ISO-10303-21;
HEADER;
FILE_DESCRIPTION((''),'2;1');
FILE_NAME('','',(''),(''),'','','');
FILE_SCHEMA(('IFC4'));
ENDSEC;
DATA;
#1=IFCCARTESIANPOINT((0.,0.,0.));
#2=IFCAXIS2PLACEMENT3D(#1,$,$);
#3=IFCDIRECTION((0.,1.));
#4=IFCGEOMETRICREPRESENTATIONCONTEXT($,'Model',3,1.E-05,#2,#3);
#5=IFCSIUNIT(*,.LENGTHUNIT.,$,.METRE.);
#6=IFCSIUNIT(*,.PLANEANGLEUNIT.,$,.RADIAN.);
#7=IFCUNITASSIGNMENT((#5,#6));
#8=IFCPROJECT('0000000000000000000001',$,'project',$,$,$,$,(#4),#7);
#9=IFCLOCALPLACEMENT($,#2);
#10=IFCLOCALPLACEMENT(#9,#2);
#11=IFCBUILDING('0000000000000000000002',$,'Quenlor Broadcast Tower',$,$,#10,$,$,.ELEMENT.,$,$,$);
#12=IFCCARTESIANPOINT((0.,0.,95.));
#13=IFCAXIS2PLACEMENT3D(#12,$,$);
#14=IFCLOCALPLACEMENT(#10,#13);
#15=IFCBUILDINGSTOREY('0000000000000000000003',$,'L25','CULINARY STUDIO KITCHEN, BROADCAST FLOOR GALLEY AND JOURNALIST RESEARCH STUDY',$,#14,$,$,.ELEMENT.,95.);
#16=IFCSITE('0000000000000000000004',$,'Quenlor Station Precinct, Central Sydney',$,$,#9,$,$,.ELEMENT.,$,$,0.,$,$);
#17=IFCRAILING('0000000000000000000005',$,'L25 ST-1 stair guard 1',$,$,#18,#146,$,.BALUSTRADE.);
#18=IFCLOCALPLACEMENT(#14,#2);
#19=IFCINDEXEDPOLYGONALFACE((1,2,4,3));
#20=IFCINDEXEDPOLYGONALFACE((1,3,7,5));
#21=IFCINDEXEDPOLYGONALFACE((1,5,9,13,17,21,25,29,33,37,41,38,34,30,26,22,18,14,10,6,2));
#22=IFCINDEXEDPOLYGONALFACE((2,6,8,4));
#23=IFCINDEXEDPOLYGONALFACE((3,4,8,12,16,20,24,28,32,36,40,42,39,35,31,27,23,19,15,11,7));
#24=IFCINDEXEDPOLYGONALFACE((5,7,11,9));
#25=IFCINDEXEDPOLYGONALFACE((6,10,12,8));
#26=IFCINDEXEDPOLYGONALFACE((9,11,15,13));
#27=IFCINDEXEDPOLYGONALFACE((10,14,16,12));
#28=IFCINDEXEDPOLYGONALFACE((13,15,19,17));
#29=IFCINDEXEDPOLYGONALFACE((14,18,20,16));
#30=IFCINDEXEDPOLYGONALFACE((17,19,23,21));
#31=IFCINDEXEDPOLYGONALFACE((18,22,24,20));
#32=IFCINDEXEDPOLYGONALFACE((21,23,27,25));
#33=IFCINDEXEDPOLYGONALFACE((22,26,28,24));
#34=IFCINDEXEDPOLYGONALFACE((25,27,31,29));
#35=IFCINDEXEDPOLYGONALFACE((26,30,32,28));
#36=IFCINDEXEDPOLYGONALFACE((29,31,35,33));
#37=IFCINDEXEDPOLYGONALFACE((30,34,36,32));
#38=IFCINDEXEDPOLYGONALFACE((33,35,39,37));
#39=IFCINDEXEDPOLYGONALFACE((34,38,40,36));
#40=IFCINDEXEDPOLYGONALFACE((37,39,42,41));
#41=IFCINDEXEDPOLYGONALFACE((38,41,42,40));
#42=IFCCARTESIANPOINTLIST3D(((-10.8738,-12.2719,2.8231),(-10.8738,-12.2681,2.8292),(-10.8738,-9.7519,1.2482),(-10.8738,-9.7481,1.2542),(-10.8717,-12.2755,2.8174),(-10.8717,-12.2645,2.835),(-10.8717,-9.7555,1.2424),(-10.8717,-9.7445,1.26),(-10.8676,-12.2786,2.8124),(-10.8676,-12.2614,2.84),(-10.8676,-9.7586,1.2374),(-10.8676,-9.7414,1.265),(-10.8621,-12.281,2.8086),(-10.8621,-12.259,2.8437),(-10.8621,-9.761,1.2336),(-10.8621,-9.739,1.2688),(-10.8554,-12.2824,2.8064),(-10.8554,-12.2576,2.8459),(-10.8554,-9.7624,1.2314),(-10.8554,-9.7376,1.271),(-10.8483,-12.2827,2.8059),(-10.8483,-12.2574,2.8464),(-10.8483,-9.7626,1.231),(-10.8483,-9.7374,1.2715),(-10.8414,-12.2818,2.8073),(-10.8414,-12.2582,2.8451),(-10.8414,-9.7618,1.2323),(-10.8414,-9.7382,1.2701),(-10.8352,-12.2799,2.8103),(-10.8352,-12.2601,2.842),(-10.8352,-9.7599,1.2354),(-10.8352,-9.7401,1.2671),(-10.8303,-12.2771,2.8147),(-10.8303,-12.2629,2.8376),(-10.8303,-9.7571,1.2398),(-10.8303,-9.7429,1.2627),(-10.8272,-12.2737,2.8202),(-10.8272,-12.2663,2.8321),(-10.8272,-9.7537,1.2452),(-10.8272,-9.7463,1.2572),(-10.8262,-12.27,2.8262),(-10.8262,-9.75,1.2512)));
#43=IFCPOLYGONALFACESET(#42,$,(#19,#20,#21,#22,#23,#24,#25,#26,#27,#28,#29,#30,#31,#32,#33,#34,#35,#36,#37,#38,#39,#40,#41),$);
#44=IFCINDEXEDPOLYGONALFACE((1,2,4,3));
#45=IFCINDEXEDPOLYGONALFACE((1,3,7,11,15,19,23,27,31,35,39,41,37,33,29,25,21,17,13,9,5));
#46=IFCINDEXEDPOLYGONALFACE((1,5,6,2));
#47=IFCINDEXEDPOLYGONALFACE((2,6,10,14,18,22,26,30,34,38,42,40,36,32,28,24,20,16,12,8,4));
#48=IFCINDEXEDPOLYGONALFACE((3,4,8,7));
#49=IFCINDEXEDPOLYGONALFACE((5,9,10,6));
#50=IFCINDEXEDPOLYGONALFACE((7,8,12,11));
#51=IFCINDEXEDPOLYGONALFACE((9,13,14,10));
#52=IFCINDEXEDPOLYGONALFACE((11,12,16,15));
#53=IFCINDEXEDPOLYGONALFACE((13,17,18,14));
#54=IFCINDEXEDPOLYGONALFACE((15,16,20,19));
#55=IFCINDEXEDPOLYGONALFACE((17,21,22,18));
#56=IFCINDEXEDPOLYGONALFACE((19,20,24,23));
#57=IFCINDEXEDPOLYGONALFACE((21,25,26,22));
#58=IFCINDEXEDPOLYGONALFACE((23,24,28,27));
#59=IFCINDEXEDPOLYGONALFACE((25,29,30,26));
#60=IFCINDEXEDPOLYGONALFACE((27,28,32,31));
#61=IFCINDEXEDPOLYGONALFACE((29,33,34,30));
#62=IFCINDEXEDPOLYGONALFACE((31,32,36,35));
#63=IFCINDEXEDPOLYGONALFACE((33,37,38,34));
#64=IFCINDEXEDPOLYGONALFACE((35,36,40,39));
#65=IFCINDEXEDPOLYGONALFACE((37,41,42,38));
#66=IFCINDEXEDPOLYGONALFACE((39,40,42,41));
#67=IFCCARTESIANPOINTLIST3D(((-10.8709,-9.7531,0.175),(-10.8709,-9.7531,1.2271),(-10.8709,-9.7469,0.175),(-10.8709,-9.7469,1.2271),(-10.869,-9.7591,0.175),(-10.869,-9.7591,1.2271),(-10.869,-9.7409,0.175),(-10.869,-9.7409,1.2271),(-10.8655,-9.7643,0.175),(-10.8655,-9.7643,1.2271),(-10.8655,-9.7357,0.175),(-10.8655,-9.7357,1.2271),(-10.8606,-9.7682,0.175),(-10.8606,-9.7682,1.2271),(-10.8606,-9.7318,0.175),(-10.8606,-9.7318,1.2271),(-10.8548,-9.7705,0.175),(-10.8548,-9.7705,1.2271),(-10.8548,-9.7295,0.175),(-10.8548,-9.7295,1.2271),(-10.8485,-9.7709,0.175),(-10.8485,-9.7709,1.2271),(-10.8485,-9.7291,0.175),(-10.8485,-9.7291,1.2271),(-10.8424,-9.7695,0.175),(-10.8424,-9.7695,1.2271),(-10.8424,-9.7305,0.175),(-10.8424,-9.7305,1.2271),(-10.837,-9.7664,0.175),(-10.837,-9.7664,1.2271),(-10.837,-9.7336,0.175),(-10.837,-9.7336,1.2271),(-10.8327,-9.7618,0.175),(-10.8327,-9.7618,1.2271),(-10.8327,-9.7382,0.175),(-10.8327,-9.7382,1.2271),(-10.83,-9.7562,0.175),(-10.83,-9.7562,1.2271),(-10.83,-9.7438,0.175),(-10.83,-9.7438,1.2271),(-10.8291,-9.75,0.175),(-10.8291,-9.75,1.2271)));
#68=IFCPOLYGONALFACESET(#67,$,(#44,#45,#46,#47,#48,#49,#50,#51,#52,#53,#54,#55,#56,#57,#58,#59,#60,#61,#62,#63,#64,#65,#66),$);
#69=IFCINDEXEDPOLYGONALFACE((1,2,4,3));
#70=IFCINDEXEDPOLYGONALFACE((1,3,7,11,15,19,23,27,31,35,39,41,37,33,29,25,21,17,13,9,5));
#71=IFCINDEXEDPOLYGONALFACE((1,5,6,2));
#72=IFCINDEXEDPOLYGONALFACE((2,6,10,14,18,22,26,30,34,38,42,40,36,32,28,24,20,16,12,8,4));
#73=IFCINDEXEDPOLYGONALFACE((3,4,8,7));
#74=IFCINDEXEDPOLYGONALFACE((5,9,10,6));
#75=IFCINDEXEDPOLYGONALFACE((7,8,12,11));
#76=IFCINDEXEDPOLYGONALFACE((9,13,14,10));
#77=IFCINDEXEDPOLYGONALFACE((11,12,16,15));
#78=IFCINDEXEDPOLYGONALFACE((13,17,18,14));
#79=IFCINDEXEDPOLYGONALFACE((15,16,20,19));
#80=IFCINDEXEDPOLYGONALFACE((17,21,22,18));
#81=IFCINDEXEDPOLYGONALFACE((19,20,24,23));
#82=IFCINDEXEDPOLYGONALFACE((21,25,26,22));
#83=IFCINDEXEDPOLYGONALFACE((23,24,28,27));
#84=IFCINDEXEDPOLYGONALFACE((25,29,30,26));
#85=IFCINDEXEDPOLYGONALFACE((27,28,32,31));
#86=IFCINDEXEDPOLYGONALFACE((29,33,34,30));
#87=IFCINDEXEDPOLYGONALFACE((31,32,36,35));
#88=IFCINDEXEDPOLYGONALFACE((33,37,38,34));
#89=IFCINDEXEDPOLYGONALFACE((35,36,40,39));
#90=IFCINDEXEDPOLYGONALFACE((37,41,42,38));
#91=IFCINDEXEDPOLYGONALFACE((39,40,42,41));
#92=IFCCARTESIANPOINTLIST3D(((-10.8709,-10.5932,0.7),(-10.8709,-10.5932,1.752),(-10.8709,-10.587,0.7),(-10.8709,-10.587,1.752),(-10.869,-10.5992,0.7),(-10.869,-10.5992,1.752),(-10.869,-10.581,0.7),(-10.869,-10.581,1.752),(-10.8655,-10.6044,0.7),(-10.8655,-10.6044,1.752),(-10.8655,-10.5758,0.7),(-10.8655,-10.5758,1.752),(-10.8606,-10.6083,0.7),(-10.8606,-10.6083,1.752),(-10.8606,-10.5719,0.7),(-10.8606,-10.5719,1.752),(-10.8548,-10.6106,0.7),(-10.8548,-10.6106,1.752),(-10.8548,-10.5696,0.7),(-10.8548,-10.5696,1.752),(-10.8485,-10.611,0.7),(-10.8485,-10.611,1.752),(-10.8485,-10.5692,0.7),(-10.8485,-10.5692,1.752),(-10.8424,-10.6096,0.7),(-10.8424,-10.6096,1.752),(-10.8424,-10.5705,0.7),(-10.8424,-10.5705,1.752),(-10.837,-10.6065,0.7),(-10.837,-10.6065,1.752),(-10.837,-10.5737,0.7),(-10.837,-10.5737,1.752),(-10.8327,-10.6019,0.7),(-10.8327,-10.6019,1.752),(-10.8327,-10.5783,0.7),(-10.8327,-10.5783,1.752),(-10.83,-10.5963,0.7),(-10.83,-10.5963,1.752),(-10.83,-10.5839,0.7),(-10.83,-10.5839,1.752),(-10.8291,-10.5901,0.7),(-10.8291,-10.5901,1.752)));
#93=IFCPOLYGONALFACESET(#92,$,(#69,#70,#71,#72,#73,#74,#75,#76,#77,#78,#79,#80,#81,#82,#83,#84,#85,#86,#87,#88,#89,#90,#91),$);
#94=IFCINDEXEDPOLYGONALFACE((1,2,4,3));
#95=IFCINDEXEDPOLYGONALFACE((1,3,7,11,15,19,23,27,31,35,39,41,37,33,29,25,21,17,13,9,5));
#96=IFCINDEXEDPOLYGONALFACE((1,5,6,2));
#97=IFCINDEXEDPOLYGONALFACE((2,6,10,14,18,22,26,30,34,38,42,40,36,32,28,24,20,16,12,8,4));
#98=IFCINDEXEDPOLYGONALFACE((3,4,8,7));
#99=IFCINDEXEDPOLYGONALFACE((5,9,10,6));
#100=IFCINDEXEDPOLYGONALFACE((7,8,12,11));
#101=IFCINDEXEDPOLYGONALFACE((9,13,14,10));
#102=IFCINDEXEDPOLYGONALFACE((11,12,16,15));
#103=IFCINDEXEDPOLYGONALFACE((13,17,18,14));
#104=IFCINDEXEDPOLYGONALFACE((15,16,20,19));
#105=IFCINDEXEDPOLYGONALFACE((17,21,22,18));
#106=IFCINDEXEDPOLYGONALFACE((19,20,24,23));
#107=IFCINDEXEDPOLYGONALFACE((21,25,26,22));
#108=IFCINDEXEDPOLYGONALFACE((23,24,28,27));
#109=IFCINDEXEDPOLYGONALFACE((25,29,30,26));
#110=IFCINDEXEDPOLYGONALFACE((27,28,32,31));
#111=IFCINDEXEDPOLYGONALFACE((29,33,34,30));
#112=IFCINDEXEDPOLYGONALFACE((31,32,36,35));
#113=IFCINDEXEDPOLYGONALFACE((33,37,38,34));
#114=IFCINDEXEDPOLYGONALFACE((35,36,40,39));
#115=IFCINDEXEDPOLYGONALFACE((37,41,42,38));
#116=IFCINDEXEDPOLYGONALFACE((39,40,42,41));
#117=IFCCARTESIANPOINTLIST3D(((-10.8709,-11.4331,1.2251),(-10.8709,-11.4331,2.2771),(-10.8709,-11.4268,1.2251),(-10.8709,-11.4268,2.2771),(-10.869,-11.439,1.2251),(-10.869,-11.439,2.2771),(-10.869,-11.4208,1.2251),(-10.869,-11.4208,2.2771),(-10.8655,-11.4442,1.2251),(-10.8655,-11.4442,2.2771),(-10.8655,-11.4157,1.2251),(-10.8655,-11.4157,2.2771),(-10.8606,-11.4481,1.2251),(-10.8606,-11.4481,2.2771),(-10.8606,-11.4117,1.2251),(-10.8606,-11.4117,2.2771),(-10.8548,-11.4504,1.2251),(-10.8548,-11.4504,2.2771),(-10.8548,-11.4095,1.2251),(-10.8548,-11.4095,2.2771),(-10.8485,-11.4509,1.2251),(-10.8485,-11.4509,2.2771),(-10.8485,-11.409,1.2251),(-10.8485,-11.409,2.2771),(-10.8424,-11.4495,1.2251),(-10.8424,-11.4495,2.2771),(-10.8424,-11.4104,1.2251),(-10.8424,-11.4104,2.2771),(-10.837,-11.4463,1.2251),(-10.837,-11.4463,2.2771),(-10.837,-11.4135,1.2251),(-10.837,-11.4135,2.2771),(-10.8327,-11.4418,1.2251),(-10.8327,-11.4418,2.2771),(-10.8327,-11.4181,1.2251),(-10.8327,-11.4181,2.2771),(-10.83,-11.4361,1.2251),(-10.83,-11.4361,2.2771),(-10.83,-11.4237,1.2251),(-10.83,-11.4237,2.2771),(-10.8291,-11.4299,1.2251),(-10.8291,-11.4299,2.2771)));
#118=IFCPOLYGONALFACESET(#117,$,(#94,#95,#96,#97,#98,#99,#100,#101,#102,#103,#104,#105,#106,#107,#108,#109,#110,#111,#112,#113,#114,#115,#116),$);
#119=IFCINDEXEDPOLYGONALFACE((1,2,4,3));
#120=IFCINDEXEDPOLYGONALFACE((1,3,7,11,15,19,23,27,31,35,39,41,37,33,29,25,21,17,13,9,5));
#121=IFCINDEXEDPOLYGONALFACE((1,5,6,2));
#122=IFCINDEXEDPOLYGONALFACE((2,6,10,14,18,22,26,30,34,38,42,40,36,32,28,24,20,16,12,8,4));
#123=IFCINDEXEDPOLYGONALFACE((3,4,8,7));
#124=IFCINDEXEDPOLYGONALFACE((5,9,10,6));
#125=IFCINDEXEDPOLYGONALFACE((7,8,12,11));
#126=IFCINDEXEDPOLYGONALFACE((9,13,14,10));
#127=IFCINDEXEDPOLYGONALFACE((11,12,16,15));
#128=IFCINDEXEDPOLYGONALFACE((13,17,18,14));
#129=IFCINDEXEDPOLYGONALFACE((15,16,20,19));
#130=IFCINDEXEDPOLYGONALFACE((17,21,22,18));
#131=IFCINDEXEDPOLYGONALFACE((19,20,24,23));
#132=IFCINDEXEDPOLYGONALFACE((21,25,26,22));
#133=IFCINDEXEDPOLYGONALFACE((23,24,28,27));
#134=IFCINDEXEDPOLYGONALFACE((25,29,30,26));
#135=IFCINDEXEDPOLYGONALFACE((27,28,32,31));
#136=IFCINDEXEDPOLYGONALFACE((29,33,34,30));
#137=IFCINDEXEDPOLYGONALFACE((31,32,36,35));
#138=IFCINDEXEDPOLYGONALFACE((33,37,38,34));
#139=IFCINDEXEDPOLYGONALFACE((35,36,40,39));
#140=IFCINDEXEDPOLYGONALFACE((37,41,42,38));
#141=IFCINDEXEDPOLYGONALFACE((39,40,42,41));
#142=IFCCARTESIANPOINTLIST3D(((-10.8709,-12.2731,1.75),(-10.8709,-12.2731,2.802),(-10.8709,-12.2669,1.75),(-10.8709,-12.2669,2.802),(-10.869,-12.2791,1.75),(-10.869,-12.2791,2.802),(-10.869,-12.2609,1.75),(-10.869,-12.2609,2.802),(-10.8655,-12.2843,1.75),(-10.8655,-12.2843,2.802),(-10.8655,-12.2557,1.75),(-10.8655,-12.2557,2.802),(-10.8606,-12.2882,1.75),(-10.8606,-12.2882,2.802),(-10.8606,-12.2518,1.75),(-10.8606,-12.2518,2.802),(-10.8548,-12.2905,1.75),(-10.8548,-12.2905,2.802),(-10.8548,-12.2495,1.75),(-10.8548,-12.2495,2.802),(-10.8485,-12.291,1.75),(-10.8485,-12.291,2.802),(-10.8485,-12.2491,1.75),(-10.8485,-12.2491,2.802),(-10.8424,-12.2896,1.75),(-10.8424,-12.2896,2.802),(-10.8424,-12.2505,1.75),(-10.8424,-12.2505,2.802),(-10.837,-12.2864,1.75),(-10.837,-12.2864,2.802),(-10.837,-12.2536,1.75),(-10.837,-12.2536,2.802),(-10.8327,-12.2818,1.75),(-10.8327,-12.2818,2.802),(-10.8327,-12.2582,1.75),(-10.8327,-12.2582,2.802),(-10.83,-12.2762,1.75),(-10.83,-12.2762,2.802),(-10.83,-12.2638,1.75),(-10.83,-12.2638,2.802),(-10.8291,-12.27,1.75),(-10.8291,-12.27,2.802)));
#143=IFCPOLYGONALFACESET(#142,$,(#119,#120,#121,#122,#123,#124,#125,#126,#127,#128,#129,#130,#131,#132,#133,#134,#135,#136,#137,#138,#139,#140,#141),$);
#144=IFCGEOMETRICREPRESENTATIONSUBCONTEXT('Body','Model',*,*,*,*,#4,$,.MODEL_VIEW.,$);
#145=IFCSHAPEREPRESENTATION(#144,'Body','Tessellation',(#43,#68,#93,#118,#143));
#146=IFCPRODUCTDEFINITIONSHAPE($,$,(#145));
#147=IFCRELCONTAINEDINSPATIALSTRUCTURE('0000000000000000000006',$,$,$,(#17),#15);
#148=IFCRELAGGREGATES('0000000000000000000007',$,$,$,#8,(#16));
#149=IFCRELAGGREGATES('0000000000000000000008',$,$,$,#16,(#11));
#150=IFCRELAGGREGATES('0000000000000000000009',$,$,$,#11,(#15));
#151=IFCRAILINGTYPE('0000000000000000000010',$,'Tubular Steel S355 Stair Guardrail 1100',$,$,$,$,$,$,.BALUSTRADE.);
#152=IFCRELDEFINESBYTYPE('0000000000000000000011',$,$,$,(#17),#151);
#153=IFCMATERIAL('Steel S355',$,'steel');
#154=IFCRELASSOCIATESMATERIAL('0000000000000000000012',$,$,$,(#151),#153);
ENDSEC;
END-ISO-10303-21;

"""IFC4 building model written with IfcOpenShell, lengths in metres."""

from ifc_helpers import new_model, si_unit, direction, frame, origin, origin_2d, place, context, subcontext, project, spatial, circle, extrude, material, type_object, element, save


model = new_model("IFC4")

# Units and contexts
model_context = context("Model", 3, precision=1e-05, world=origin(), true_north=direction((0.0, 1.0)))
body_context = subcontext(model_context, "Body", "Model", "MODEL_VIEW")
ifc_project = project(units=[si_unit("LENGTHUNIT", "METRE"), si_unit("PLANEANGLEUNIT", "RADIAN")], contexts=[model_context])

# Site, building, storey
site_placement = place(None, origin())
site = spatial("IfcSite", under=ifc_project, at=site_placement, Name="Quenlor Station Precinct, Central Sydney", CompositionType="ELEMENT", RefElevation=0.0)
building_placement = place(site_placement, origin())
building = spatial("IfcBuilding", under=site, at=building_placement, Name="Quenlor Broadcast Tower", CompositionType="ELEMENT")
storey_placement = place(building_placement, frame((0.0, 0.0, 95.0)))
storey = spatial("IfcBuildingStorey", under=building, at=storey_placement, Name="L25", Description="CULINARY STUDIO KITCHEN, BROADCAST FLOOR GALLEY AND JOURNALIST RESEARCH STUDY", CompositionType="ELEMENT", Elevation=95.0)

# Railing
ifc_material_1 = material(Name="Steel S355", Category="steel")
railing_type_1 = type_object("IfcRailingType", Name="Tubular Steel S355 Stair Guardrail 1100", PredefinedType="BALUSTRADE", material=ifc_material_1)
railing_1_placement = place(storey_placement, frame((-10.8501, -9.75, 0.175)))
element("IfcRailing", 1, at=railing_1_placement, inside=storey, type_object=railing_type_1, Name="L25 ST-1 stair guard 1", PredefinedType="BALUSTRADE", context=body_context, shape_type="SweptSolid", body=[
    extrude(circle(Radius=0.0239, at=origin_2d()), frame((0.0, 0.0, 1.0762), z_axis=(0.0, -0.848008, 0.529984), x_axis=(1.0, 0.0, 0.0)), (0.0, 0.0, 1.0), 2.9717),
    extrude(circle(Radius=0.021, at=origin_2d()), origin(), (0.0, 0.0, 1.0), 1.052),
    extrude(circle(Radius=0.021, at=origin_2d()), frame((0.0, -0.8401, 0.5249)), (0.0, 0.0, 1.0), 1.052),
    extrude(circle(Radius=0.021, at=origin_2d()), frame((0.0, -1.6799, 1.05)), (0.0, 0.0, 1.0), 1.052),
    extrude(circle(Radius=0.021, at=origin_2d()), frame((0.0, -2.52, 1.575)), (0.0, 0.0, 1.0), 1.052),
])

save(model, "model.ifc")
